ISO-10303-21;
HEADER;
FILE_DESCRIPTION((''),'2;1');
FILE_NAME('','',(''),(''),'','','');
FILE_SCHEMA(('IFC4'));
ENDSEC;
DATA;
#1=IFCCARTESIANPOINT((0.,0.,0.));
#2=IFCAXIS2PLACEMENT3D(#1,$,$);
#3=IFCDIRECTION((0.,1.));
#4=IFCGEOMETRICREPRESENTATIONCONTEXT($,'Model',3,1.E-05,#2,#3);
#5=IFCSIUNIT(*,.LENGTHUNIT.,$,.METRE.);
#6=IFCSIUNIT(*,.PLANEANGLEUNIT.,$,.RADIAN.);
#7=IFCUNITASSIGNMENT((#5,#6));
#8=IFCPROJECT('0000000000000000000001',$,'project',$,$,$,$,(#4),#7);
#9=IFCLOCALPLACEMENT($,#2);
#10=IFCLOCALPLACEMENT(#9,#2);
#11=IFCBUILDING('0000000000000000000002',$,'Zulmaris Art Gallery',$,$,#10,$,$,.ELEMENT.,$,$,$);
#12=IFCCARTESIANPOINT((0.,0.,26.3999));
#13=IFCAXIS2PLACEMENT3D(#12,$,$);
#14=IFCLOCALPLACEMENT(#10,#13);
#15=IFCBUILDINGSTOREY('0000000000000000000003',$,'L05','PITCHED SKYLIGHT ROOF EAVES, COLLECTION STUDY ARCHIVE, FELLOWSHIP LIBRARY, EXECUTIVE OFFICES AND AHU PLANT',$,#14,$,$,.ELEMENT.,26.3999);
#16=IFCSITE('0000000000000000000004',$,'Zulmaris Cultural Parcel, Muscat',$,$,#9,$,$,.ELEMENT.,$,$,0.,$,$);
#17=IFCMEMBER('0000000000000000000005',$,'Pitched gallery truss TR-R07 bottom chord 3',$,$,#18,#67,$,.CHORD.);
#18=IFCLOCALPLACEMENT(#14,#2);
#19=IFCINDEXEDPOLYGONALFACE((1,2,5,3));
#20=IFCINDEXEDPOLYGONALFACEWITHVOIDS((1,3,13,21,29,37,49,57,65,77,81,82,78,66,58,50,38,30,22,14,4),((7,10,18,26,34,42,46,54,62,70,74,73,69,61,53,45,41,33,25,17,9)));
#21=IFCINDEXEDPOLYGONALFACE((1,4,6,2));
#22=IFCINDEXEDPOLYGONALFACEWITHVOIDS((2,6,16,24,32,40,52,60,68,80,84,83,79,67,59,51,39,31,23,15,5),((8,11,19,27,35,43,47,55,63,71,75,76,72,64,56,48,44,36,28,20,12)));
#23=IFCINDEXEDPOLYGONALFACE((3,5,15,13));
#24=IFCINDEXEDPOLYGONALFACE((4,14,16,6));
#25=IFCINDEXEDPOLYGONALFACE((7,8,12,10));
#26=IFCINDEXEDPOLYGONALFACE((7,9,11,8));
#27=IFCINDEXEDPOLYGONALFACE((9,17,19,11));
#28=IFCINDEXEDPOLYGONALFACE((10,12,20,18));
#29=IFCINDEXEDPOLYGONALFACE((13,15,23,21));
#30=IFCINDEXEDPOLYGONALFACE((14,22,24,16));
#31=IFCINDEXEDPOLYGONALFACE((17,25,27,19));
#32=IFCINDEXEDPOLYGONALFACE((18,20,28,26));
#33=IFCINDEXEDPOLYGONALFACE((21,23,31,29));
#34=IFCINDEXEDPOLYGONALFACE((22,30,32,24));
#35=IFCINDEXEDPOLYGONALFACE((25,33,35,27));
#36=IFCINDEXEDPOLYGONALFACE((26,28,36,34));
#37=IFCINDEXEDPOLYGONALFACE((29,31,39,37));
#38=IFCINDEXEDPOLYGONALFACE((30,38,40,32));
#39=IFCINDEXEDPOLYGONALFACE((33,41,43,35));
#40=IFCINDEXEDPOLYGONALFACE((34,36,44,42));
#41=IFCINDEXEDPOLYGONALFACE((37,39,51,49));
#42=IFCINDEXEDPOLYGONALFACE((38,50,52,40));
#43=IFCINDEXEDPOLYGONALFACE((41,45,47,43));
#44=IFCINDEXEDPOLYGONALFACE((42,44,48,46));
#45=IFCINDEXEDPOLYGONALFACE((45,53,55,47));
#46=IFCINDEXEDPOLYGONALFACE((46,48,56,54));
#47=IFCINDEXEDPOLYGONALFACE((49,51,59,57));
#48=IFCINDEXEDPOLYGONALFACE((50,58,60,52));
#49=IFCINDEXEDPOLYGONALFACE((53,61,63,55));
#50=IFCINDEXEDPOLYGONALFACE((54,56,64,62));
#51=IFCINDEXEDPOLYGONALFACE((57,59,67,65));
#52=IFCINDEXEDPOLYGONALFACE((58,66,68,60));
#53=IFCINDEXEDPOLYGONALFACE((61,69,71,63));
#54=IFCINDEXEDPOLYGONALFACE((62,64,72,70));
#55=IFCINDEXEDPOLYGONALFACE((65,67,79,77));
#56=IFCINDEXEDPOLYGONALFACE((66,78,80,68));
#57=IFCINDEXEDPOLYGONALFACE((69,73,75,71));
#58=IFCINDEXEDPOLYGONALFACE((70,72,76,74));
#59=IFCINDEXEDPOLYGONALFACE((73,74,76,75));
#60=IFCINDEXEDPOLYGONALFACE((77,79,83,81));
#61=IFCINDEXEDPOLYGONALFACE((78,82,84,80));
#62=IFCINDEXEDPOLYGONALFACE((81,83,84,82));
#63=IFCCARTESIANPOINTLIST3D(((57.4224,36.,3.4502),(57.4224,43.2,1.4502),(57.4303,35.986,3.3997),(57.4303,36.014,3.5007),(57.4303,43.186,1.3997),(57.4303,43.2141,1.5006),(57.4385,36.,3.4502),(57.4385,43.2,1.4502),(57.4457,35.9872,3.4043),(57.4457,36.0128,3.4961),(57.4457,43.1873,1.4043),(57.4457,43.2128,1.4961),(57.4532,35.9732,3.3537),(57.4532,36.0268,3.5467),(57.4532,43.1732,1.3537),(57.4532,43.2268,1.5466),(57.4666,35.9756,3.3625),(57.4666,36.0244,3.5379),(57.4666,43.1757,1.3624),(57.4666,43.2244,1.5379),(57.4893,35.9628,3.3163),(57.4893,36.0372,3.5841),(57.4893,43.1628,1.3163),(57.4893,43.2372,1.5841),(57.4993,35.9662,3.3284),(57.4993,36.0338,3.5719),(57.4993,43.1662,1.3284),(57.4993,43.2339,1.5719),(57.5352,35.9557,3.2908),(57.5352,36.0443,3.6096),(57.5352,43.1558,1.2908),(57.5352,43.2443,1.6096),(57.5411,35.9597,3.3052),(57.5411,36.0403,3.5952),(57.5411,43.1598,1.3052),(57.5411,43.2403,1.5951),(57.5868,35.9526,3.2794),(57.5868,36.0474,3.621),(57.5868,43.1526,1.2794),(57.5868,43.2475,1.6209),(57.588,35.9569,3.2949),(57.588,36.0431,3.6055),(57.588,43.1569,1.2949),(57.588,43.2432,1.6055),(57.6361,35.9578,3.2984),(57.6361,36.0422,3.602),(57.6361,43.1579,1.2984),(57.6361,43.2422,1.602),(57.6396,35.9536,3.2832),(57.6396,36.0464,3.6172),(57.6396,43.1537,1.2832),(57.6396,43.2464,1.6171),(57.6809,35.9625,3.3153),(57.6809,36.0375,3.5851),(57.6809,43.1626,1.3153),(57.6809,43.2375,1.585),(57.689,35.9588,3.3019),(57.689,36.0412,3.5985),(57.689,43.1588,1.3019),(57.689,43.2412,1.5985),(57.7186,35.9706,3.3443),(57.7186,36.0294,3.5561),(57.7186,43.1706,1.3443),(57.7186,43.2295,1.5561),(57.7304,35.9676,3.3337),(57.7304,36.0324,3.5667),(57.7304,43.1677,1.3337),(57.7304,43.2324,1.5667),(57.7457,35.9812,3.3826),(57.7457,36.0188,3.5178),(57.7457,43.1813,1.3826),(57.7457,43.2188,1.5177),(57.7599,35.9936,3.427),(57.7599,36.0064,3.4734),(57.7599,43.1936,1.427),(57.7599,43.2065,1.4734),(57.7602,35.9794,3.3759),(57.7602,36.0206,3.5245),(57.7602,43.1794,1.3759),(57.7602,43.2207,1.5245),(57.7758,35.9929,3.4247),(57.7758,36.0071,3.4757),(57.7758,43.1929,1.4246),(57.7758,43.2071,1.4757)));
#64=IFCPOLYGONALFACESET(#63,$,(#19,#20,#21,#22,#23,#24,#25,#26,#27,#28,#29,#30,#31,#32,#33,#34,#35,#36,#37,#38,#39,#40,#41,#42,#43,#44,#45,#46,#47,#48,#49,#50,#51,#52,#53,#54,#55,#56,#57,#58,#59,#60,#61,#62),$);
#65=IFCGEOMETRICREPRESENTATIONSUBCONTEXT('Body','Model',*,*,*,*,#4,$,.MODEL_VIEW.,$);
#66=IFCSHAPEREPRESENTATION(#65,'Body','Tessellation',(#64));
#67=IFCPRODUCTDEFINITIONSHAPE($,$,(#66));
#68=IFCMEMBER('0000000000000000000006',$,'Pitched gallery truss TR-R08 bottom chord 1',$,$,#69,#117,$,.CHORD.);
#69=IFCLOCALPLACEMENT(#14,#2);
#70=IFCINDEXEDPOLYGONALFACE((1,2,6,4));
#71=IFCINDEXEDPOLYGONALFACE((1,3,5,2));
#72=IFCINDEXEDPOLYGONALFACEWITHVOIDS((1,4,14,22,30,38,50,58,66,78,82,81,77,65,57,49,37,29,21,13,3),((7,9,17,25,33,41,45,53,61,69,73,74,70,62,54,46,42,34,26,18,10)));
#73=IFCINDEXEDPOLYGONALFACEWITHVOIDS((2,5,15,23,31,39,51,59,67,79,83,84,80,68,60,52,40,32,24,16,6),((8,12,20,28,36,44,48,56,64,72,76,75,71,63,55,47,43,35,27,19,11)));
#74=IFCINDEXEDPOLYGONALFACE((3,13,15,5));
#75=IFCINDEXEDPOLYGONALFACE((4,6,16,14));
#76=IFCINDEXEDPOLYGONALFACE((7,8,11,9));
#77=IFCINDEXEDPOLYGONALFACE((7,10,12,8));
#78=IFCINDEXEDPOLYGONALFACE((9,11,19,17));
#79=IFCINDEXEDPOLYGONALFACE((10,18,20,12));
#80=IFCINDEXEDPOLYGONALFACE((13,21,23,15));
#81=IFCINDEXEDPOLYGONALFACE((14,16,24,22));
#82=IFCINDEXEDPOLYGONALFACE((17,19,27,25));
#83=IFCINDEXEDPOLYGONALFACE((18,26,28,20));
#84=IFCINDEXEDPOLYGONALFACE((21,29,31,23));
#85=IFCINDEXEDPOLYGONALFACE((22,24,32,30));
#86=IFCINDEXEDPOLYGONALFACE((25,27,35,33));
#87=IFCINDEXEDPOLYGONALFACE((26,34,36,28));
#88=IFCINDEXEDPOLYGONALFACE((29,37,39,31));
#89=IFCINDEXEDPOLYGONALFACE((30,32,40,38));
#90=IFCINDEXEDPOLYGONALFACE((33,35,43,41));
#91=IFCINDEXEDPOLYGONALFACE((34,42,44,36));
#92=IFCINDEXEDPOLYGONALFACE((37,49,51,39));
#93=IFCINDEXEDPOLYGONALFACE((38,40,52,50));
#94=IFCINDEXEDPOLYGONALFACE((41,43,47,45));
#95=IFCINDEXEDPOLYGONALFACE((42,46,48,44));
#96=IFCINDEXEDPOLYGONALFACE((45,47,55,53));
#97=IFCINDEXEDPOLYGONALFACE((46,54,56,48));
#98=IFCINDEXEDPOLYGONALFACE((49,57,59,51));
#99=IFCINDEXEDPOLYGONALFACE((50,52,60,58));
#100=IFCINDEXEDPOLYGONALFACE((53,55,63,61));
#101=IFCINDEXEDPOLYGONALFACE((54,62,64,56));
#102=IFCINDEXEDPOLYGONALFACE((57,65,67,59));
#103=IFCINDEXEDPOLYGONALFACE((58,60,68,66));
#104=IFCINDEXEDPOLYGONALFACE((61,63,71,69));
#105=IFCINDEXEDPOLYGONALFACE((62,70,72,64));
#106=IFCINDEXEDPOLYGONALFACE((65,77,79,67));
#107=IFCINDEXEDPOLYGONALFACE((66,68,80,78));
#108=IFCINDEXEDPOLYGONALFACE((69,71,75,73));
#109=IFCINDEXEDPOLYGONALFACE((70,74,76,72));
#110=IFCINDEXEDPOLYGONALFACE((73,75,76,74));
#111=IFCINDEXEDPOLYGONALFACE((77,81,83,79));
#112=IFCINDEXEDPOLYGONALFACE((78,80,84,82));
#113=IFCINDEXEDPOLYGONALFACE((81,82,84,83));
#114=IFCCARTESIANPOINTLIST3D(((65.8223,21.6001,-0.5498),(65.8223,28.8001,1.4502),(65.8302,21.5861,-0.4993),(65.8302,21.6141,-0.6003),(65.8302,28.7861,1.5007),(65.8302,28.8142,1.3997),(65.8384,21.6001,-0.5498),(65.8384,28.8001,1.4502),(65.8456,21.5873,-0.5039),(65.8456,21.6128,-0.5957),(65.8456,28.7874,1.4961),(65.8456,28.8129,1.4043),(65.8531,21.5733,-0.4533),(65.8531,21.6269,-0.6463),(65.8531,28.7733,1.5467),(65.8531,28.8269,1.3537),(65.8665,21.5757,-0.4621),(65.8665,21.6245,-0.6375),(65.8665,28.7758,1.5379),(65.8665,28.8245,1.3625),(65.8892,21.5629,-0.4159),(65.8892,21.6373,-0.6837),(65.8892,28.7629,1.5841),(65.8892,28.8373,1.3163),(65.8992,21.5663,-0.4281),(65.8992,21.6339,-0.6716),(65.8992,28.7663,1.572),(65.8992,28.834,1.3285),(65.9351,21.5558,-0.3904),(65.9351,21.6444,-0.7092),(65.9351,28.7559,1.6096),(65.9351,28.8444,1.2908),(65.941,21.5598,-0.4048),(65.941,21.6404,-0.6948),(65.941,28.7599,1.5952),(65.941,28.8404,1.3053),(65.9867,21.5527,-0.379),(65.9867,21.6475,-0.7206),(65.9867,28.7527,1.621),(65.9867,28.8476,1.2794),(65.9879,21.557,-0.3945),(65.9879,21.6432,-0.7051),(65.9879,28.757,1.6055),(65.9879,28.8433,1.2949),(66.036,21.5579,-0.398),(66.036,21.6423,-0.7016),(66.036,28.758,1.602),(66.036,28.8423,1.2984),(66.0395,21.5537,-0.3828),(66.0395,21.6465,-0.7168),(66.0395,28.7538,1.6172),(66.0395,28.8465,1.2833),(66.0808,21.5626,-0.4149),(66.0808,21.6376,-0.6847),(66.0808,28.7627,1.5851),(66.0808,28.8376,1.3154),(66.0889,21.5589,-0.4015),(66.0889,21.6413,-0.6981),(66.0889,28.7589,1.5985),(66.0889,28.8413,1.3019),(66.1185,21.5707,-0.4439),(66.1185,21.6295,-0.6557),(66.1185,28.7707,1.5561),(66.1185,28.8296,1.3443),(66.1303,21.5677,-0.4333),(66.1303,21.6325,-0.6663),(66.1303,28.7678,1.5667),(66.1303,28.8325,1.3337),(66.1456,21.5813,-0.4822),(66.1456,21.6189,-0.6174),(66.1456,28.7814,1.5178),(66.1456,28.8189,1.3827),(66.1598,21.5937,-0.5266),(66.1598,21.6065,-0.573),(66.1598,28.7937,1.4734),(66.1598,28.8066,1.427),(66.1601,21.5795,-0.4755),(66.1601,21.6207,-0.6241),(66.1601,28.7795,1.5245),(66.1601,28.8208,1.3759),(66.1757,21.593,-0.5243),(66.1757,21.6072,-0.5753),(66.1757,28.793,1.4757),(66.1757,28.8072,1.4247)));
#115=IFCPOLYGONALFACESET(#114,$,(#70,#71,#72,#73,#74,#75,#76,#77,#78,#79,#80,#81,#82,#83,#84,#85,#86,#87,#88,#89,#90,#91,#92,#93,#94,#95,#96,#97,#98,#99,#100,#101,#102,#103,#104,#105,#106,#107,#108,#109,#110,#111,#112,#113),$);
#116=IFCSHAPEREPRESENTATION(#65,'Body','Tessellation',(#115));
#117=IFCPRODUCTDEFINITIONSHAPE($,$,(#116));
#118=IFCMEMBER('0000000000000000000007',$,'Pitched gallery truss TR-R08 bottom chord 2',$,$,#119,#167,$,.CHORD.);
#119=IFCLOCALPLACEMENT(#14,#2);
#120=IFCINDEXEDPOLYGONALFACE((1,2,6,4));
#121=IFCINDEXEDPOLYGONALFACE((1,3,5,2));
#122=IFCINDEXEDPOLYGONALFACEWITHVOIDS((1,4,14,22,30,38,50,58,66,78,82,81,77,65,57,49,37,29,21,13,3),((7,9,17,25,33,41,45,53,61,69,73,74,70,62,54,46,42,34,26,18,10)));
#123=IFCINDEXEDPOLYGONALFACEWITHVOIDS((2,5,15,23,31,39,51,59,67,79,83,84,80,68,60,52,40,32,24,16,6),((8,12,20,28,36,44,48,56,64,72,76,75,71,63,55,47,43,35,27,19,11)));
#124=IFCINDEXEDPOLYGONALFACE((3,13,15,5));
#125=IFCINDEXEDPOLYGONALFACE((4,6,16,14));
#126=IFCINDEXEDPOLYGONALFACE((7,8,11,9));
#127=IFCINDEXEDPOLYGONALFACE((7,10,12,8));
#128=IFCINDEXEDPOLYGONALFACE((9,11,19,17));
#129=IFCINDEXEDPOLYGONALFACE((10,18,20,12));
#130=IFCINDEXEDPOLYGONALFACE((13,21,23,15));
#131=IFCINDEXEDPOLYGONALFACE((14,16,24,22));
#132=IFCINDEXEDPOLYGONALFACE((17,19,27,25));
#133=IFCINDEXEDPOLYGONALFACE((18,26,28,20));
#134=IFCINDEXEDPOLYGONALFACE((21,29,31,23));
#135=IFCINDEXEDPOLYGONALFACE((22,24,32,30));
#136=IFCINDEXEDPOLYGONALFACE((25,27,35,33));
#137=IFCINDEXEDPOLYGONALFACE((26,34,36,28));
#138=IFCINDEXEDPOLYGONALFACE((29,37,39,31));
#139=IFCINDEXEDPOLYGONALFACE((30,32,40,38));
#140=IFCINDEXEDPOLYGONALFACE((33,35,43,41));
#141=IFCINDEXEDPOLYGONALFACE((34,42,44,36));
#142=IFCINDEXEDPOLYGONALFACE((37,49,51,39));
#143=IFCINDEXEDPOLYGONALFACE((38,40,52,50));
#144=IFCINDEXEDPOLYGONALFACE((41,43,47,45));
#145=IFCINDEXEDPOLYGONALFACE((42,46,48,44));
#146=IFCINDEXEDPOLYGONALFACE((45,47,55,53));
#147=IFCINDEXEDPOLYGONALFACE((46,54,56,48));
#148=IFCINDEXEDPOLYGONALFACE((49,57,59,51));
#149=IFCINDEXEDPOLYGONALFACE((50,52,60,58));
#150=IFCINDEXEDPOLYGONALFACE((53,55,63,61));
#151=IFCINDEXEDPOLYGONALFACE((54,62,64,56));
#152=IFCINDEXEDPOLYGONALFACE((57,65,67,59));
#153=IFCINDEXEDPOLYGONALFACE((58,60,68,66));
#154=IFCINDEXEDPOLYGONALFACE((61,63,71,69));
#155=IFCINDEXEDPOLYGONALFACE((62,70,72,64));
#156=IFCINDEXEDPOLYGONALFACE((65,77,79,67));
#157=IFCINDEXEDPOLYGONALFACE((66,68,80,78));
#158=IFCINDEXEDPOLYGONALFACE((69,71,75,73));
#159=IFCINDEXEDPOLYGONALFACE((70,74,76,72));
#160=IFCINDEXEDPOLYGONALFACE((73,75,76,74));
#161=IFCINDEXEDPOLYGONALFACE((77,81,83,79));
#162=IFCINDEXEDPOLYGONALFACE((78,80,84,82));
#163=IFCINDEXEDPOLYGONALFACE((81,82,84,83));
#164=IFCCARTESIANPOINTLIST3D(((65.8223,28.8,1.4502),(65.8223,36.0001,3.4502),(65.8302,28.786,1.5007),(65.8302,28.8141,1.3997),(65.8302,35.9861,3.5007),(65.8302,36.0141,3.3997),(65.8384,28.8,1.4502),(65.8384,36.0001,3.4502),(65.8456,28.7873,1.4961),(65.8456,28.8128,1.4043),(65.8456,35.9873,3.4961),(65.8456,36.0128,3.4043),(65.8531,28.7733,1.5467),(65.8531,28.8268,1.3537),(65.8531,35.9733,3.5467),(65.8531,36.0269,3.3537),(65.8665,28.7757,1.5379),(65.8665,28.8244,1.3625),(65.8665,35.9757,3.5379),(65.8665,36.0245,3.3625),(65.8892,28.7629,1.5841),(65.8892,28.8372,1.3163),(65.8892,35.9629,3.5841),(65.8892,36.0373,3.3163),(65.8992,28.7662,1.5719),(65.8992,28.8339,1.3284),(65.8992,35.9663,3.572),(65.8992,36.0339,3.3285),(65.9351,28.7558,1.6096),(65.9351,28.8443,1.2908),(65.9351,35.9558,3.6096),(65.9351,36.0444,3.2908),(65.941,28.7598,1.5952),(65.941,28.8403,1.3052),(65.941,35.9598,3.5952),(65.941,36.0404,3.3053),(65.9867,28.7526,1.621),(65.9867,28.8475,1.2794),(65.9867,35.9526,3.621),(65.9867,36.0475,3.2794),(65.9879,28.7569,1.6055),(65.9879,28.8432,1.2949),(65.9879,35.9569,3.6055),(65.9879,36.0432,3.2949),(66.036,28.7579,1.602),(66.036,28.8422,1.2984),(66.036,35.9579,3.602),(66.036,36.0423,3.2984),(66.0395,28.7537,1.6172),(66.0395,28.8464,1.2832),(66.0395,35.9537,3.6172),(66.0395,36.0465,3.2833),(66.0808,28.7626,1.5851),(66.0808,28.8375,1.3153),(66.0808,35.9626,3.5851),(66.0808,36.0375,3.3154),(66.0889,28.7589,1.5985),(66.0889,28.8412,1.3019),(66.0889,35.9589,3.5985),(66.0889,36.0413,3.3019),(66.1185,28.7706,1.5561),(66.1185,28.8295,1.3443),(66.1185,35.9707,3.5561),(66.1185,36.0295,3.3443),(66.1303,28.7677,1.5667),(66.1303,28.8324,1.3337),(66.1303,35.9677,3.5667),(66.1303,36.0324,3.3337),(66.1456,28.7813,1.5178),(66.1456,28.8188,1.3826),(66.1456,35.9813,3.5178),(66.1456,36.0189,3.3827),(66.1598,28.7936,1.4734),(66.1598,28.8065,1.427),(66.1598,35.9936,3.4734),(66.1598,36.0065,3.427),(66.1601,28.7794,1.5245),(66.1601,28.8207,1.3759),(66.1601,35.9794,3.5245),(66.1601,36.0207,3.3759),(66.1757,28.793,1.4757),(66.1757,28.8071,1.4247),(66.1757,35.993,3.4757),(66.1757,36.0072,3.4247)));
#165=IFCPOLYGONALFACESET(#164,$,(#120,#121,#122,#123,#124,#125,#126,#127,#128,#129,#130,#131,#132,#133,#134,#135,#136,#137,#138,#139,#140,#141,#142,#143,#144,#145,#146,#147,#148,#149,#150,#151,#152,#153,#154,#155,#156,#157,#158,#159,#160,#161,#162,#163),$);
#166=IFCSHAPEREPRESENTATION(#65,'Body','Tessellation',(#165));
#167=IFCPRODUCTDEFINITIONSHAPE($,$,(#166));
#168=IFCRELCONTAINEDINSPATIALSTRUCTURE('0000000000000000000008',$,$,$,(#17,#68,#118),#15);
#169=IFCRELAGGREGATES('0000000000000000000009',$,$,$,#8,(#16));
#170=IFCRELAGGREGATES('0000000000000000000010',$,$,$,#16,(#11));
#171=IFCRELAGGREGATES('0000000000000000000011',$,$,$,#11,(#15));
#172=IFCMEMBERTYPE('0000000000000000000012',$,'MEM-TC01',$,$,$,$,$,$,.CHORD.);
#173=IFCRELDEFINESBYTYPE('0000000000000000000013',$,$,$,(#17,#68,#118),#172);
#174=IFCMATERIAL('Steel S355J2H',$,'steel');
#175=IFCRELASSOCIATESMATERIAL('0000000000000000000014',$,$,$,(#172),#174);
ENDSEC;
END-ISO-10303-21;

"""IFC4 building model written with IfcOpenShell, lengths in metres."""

from ifc_helpers import new_model, si_unit, direction, frame, origin, origin_2d, place, context, subcontext, project, spatial, hollow_circle, extrude, material, material_profile, profile_set, type_object, element, save


model = new_model("IFC4")

# Units and contexts
model_context = context("Model", 3, precision=1e-05, world=origin(), true_north=direction((0.0, 1.0)))
body_context = subcontext(model_context, "Body", "Model", "MODEL_VIEW")
ifc_project = project(units=[si_unit("LENGTHUNIT", "METRE"), si_unit("PLANEANGLEUNIT", "RADIAN")], contexts=[model_context])

# Site, building, storey
site_placement = place(None, origin())
site = spatial("IfcSite", under=ifc_project, at=site_placement, Name="Zulmaris Cultural Parcel, Muscat", CompositionType="ELEMENT", RefElevation=0.0)
building_placement = place(site_placement, origin())
building = spatial("IfcBuilding", under=site, at=building_placement, Name="Zulmaris Art Gallery", CompositionType="ELEMENT")
storey_placement = place(building_placement, frame((0.0, 0.0, 26.3999)))
storey = spatial("IfcBuildingStorey", under=building, at=storey_placement, Name="L05", Description="PITCHED SKYLIGHT ROOF EAVES, COLLECTION STUDY ARCHIVE, FELLOWSHIP LIBRARY, EXECUTIVE OFFICES AND AHU PLANT", CompositionType="ELEMENT", Elevation=26.3999)

# Members
ifc_material_1 = material(Name="Steel S355J2H", Category="steel")
ifc_material_profile_1 = material_profile(ifc_material_1, hollow_circle(Radius=0.1777, WallThickness=0.0161, at=origin_2d()), Name="CHS 355.6x16")
ifc_profile_set_1 = profile_set([ifc_material_profile_1], Name="Steel S355J2H")
member_type_1 = type_object("IfcMemberType", Name="MEM-TC01", PredefinedType="CHORD", material=ifc_profile_set_1)
for number, where, z_axis, x_axis, name in (
    (1, (57.6001, 36.0, 3.4502), (0.0, 0.963517, -0.267646), (-1.0, 0.0, 0.0), "Pitched gallery truss TR-R07 bottom chord 3"),
    (2, (66.0, 21.6001, -0.5498), (0.0, 0.963517, 0.267646), (-1.0, 0.0, 0.0), "Pitched gallery truss TR-R08 bottom chord 1"),
    (3, (66.0, 28.8, 1.4502), (0.0, 0.963517, 0.267646), (-1.0, 0.0, 0.0), "Pitched gallery truss TR-R08 bottom chord 2"),
):
    element("IfcMember", number, at=place(storey_placement, frame(where, z_axis=z_axis, x_axis=x_axis)), inside=storey, type_object=member_type_1, Name=name, PredefinedType="CHORD", context=body_context, shape_type="SweptSolid", body=[
        extrude(hollow_circle(Radius=0.1777, WallThickness=0.0161, at=origin_2d()), origin(), (0.0, 0.0, 1.0), 7.4727),
    ])

save(model, "model.ifc")
